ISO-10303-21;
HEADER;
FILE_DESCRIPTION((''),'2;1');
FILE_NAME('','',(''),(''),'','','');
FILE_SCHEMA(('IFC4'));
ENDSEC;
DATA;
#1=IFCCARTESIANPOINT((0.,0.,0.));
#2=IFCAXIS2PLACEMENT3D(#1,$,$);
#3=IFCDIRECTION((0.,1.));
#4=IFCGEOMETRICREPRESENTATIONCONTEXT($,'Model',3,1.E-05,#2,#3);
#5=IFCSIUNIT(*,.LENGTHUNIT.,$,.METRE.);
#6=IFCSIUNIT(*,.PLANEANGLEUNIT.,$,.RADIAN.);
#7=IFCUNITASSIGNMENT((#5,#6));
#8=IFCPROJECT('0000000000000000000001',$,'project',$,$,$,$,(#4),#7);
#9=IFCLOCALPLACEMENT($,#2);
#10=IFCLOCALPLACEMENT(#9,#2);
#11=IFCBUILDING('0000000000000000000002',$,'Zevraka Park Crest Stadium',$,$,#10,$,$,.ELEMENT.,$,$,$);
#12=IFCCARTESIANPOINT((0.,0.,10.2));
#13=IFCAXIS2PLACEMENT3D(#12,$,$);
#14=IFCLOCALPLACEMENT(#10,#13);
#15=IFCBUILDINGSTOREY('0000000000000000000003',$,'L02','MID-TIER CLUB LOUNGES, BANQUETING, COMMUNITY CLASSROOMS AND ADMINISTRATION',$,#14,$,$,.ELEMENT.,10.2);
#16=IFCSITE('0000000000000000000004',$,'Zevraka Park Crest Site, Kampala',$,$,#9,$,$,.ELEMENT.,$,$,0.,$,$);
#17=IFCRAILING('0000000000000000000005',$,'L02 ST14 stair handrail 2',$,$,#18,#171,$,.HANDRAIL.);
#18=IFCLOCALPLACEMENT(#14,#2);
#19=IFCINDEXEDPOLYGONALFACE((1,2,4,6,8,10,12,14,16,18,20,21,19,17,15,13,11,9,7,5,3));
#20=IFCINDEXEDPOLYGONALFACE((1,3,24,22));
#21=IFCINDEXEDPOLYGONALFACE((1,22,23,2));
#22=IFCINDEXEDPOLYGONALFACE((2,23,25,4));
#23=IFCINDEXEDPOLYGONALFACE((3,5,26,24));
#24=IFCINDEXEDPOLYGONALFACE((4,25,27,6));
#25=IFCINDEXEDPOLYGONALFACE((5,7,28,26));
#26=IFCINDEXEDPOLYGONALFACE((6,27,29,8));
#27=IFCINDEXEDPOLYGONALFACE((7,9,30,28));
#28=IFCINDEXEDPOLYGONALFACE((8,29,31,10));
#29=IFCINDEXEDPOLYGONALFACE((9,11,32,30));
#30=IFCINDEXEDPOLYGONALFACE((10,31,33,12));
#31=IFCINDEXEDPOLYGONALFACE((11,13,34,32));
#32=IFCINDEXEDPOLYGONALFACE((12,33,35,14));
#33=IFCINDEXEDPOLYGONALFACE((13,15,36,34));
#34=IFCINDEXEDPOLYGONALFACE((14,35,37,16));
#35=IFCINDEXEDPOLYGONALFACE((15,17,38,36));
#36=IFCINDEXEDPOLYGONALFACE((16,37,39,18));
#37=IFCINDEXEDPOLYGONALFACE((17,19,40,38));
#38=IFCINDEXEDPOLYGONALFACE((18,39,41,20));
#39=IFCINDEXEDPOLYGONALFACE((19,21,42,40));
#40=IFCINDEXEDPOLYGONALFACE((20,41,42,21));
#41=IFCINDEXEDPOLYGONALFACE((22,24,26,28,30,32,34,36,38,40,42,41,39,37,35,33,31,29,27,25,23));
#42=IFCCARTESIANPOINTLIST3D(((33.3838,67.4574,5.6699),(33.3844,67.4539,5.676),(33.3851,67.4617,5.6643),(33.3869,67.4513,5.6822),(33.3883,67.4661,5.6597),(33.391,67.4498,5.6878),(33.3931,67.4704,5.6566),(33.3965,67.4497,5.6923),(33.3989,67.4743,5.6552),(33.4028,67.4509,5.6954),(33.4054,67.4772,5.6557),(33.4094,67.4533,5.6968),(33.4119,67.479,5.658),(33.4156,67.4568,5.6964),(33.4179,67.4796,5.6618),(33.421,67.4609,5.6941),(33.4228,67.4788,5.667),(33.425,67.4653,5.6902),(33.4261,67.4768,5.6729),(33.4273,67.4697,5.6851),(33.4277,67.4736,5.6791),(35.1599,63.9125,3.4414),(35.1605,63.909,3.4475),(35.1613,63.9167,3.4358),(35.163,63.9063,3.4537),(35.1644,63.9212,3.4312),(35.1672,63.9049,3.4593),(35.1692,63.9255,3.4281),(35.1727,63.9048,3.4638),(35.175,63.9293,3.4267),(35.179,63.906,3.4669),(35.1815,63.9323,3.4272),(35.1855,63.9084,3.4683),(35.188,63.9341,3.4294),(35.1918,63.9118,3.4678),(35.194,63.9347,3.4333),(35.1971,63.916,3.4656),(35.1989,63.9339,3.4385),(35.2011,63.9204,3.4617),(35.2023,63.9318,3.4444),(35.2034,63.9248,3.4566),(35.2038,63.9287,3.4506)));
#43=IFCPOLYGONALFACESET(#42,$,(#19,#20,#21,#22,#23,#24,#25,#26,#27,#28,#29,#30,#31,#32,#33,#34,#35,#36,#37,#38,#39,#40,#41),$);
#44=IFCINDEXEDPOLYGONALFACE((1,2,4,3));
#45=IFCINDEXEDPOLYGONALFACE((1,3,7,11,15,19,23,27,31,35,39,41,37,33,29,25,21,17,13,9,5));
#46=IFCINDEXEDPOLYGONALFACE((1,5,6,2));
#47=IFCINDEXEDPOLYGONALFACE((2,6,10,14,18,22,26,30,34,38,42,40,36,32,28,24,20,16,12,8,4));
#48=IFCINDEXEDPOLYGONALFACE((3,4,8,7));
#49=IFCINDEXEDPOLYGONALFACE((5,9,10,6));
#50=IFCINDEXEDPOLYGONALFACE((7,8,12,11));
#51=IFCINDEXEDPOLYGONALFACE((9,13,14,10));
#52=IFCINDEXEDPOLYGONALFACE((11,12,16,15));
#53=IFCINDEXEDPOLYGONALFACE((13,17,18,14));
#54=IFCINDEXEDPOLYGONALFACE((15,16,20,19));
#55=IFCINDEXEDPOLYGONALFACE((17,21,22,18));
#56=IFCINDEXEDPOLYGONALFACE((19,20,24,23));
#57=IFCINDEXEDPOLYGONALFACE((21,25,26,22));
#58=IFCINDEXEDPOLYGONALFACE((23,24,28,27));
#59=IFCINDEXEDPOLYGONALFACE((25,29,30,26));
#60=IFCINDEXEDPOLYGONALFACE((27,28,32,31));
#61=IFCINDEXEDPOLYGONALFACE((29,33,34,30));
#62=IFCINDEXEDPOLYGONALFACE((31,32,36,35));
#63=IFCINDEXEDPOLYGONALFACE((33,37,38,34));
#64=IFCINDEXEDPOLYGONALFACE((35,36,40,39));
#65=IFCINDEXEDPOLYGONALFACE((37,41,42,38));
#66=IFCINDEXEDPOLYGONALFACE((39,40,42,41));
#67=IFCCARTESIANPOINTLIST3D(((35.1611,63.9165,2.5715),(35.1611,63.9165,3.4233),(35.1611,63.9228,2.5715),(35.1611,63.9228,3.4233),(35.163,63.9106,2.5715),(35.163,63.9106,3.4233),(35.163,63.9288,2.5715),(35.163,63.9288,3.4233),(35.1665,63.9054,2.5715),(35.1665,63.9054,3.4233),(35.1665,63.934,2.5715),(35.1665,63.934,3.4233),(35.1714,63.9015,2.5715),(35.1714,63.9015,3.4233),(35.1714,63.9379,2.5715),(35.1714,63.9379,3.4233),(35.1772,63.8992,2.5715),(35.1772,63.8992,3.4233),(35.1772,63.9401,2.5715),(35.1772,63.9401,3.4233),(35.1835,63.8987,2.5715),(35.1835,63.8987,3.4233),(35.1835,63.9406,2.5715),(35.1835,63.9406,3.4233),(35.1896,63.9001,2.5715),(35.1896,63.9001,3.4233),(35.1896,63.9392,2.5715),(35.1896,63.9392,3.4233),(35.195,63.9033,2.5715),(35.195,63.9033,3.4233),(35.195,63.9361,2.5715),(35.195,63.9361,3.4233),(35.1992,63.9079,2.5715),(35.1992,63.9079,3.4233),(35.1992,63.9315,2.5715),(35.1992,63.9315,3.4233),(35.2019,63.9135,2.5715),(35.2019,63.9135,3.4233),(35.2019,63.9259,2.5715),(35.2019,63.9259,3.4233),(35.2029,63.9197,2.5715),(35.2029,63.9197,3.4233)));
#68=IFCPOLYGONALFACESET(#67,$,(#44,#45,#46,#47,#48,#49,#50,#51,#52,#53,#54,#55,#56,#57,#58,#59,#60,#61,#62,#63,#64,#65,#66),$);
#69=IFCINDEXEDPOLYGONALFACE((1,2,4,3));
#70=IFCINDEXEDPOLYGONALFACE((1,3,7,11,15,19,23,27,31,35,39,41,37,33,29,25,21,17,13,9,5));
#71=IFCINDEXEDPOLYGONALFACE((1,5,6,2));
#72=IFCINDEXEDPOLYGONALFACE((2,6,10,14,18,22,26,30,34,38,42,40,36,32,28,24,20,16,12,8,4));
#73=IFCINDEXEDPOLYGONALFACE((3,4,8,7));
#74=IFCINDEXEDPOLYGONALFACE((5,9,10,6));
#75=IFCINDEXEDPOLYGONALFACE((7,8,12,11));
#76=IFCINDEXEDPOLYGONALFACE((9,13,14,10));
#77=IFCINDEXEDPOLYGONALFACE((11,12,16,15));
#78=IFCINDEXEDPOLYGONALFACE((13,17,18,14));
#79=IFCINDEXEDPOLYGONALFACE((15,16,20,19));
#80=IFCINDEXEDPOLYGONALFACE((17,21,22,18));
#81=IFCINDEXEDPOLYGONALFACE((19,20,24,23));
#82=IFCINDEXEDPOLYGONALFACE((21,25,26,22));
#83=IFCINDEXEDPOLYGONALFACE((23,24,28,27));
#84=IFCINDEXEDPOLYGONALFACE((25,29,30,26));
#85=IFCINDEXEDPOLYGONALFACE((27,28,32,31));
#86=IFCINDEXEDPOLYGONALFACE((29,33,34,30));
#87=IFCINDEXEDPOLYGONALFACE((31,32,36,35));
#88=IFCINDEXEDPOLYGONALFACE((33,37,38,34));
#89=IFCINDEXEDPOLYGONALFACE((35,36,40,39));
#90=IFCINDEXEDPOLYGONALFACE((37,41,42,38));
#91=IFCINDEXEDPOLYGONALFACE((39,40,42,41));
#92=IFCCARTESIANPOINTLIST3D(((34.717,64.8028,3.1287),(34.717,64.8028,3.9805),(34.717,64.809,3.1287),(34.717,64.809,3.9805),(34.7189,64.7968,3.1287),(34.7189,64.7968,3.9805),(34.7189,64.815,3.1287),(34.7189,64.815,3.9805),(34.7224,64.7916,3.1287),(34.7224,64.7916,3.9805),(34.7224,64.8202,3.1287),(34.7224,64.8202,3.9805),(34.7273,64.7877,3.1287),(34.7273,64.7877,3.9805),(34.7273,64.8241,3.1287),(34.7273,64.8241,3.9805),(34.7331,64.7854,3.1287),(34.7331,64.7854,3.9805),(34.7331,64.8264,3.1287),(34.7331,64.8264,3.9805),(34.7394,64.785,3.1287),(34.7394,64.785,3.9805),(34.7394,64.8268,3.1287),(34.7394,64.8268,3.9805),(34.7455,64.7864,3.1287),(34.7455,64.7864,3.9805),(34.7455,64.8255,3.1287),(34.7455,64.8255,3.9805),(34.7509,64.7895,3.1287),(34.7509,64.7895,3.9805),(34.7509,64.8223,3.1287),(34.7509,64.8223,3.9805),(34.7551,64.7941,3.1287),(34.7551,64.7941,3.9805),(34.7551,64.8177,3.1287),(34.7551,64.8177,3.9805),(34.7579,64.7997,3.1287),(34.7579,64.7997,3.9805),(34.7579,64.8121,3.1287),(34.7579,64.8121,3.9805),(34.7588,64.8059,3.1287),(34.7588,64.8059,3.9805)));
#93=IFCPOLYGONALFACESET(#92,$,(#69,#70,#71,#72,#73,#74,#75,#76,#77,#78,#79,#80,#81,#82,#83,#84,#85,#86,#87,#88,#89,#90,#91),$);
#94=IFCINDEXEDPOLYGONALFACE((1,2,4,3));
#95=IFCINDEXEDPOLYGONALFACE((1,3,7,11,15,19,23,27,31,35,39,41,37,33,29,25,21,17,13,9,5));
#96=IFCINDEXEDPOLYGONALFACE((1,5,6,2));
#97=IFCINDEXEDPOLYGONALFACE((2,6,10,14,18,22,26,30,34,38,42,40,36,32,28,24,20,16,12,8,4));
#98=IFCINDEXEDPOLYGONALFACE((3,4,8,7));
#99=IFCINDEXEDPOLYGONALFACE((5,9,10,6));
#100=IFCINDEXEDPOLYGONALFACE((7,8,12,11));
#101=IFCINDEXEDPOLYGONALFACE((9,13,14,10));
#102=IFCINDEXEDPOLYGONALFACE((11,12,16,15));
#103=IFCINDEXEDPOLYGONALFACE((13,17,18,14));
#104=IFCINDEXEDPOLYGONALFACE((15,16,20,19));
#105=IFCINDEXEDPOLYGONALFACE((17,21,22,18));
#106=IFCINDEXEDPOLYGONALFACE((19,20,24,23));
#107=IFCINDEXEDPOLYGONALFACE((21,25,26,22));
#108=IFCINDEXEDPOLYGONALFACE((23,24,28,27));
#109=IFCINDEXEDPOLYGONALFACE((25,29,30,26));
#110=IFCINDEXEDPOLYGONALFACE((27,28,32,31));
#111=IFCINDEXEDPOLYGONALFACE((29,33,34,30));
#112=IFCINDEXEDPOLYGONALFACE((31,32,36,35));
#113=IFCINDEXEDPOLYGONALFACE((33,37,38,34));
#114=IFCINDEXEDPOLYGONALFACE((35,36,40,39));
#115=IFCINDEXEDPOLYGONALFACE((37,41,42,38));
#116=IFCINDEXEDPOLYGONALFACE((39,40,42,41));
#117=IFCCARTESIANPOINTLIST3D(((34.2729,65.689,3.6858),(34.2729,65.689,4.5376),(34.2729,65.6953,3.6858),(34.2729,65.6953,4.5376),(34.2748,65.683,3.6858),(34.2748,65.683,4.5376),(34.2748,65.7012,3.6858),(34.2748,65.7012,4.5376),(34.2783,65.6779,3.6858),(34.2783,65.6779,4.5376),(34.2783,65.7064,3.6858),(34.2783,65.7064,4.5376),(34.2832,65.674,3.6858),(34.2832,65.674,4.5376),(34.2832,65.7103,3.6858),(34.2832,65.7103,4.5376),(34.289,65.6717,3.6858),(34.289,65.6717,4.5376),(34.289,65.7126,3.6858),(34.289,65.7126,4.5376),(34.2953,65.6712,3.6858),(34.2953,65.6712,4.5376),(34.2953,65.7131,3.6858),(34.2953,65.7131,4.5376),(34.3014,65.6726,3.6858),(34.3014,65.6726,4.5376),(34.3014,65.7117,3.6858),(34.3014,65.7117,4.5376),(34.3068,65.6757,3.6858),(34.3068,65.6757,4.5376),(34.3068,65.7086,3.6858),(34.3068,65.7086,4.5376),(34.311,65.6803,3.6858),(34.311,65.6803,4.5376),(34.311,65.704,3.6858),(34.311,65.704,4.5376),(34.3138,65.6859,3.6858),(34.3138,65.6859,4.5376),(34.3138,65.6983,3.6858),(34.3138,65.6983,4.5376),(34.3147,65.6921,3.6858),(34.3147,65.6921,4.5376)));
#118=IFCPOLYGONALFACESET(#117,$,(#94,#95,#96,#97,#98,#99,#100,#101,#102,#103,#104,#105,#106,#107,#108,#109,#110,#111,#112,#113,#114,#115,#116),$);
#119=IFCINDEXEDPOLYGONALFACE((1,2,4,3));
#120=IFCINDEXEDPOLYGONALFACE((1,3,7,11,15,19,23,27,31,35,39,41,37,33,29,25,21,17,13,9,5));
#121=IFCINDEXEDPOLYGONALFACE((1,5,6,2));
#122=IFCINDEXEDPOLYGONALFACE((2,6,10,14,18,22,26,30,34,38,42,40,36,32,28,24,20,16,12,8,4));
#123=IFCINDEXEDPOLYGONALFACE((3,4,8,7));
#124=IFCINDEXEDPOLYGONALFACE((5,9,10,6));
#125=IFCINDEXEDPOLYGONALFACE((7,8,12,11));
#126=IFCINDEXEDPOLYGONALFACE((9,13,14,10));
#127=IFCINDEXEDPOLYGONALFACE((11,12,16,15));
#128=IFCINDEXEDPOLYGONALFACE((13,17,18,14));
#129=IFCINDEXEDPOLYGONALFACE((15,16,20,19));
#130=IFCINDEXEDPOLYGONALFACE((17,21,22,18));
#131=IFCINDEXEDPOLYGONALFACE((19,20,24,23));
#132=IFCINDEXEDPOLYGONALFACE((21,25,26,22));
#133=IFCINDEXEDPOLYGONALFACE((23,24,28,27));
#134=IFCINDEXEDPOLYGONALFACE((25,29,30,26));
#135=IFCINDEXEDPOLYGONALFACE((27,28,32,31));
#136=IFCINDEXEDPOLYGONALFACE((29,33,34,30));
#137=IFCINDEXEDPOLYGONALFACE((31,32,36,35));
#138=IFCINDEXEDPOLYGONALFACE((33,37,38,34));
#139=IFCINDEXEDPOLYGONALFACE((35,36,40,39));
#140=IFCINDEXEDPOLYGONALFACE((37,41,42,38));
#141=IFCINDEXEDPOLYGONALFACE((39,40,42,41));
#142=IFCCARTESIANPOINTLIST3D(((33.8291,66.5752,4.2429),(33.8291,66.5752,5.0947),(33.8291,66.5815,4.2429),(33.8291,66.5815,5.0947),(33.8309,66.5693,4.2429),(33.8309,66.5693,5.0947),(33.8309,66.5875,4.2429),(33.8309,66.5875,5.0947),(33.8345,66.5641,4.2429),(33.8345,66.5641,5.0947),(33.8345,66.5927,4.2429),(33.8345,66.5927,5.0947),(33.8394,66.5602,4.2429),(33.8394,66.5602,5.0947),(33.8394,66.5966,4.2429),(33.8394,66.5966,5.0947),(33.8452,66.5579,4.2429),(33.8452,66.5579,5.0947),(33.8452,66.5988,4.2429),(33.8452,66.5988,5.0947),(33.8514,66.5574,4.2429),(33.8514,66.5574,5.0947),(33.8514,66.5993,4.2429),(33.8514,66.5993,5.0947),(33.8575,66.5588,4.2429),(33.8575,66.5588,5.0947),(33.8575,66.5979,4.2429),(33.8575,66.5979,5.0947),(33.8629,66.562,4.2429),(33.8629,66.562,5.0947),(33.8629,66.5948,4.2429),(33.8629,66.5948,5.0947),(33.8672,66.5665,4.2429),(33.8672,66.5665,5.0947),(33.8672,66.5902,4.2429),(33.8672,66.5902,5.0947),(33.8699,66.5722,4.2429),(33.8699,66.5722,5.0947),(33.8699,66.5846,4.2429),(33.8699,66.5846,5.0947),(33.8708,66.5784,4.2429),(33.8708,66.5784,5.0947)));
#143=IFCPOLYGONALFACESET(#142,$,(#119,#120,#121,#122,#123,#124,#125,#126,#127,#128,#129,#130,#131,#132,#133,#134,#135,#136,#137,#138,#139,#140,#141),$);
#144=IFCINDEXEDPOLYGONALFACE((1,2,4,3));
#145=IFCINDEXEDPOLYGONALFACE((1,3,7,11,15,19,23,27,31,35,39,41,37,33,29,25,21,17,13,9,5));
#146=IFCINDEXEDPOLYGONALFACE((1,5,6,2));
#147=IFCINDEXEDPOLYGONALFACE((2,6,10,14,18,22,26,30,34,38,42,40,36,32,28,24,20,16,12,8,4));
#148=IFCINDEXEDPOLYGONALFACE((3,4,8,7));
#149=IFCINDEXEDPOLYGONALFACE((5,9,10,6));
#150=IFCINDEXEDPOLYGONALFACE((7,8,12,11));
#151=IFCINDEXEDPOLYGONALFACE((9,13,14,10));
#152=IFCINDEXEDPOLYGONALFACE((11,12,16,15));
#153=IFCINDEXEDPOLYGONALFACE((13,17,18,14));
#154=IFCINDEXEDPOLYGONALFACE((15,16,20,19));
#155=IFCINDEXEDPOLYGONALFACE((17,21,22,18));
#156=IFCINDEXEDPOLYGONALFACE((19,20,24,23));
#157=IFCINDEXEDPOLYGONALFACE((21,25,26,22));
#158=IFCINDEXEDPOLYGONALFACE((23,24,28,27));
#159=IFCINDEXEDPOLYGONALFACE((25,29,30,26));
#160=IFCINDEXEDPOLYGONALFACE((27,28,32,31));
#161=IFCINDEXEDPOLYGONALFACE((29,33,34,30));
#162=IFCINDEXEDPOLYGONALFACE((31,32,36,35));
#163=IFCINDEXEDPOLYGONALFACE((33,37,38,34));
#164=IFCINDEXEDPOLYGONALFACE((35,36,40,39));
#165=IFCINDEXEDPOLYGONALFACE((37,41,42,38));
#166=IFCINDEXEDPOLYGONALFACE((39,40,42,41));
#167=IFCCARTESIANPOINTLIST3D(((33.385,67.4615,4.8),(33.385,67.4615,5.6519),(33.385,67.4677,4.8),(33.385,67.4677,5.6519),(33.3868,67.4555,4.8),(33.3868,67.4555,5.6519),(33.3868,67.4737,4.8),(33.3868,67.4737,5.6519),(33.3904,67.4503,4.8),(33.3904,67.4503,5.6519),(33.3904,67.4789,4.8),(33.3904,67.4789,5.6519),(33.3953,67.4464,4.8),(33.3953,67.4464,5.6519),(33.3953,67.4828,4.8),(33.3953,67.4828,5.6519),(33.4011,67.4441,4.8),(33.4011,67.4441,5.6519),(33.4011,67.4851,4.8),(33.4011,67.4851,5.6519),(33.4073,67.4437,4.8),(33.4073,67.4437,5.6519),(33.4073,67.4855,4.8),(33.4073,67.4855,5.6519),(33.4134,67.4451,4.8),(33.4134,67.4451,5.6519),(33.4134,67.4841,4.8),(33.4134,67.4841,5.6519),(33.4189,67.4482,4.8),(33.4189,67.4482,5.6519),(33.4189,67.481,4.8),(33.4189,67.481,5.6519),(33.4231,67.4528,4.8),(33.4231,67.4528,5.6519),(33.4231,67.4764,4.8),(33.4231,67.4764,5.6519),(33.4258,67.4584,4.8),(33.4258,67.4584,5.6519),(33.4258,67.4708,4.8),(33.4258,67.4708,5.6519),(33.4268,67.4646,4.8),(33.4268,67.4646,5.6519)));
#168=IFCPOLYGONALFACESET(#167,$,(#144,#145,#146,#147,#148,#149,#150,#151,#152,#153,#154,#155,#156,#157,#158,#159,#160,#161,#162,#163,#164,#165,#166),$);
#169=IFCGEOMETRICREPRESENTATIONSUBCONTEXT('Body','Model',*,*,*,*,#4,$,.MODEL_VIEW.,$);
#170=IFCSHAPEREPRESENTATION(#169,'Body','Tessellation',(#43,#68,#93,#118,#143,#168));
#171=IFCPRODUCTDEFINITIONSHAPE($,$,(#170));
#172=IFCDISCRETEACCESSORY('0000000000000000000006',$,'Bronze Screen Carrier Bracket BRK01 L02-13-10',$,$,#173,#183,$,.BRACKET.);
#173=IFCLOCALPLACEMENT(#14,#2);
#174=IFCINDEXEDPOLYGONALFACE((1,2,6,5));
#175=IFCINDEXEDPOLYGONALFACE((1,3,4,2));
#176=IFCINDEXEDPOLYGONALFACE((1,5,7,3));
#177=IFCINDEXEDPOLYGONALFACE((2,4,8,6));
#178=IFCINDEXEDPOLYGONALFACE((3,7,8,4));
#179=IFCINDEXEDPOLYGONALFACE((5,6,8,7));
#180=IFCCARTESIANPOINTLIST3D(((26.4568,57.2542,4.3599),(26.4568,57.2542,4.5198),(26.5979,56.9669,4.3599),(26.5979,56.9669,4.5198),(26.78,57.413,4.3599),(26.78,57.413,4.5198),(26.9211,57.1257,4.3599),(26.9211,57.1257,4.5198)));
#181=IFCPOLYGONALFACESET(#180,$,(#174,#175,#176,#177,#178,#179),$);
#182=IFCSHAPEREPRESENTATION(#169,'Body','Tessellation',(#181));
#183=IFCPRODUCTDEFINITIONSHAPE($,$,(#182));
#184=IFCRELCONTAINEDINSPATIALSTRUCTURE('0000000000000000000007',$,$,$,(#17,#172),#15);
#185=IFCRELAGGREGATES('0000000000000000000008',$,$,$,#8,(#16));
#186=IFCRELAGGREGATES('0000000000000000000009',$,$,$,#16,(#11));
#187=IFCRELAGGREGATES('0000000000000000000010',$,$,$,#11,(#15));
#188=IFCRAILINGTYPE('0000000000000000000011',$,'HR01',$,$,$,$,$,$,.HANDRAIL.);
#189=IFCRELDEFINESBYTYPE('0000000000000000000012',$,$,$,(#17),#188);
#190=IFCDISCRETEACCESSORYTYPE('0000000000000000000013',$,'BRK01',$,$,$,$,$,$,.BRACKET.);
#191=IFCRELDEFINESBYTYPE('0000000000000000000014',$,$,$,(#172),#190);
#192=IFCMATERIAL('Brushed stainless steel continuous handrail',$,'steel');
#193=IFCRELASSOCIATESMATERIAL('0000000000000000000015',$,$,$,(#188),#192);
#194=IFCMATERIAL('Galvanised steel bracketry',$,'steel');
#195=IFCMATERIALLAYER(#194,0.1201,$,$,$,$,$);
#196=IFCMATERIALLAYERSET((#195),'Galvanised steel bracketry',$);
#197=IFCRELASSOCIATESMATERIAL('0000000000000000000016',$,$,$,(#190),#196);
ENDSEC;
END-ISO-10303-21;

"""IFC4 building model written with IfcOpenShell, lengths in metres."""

from ifc_helpers import new_model, si_unit, direction, frame, origin, origin_2d, place, context, subcontext, project, spatial, rectangle, circle, extrude, material, layer, layer_set, type_object, element, save


model = new_model("IFC4")

# Units and contexts
model_context = context("Model", 3, precision=1e-05, world=origin(), true_north=direction((0.0, 1.0)))
body_context = subcontext(model_context, "Body", "Model", "MODEL_VIEW")
ifc_project = project(units=[si_unit("LENGTHUNIT", "METRE"), si_unit("PLANEANGLEUNIT", "RADIAN")], contexts=[model_context])

# Site, building, storey
site_placement = place(None, origin())
site = spatial("IfcSite", under=ifc_project, at=site_placement, Name="Zevraka Park Crest Site, Kampala", CompositionType="ELEMENT", RefElevation=0.0)
building_placement = place(site_placement, origin())
building = spatial("IfcBuilding", under=site, at=building_placement, Name="Zevraka Park Crest Stadium", CompositionType="ELEMENT")
storey_placement = place(building_placement, frame((0.0, 0.0, 10.2)))
storey = spatial("IfcBuildingStorey", under=building, at=storey_placement, Name="L02", Description="MID-TIER CLUB LOUNGES, BANQUETING, COMMUNITY CLASSROOMS AND ADMINISTRATION", CompositionType="ELEMENT", Elevation=10.2)

# Railing
ifc_material_1 = material(Name="Brushed stainless steel continuous handrail", Category="steel")
railing_type_1 = type_object("IfcRailingType", Name="HR01", PredefinedType="HANDRAIL", material=ifc_material_1)
railing_1_placement = place(storey_placement, frame((35.1819, 63.9197, 2.5715)))
element("IfcRailing", 1, at=railing_1_placement, inside=storey, type_object=railing_type_1, Name="L02 ST14 stair handrail 2", PredefinedType="HANDRAIL", context=body_context, shape_type="SweptSolid", body=[
    extrude(circle(Radius=0.0239, at=origin_2d()), frame((0.0, 0.0, 0.876), z_axis=(-0.390499, 0.779389, 0.489963), x_axis=(-0.894057, -0.447952, 0.0)), (0.0, 0.0, 1.0), 4.5483),
    extrude(circle(Radius=0.021, at=origin_2d()), origin(), (0.0, 0.0, 1.0), 0.8518),
    extrude(circle(Radius=0.021, at=origin_2d()), frame((-0.4441, 0.8862, 0.5571)), (0.0, 0.0, 1.0), 0.8518),
    extrude(circle(Radius=0.021, at=origin_2d()), frame((-0.8882, 1.7725, 1.1143)), (0.0, 0.0, 1.0), 0.8518),
    extrude(circle(Radius=0.021, at=origin_2d()), frame((-1.332, 2.6587, 1.6714)), (0.0, 0.0, 1.0), 0.8518),
    extrude(circle(Radius=0.021, at=origin_2d()), frame((-1.7761, 3.5449, 2.2285)), (0.0, 0.0, 1.0), 0.8518),
])

# Discrete accessory
ifc_material_2 = material(Name="Galvanised steel bracketry", Category="steel")
ifc_layer_1 = layer(ifc_material_2, 0.1201)
ifc_layer_set_1 = layer_set([ifc_layer_1], Name="Galvanised steel bracketry")
discrete_accessory_type = type_object("IfcDiscreteAccessoryType", Name="BRK01", PredefinedType="BRACKET", material=ifc_layer_set_1)
discrete_accessory_placement = place(storey_placement, frame((26.689, 57.1899, 4.3599), z_axis=(0.0, 0.0, 1.0), x_axis=(0.441036, -0.897489, 0.0)))
element("IfcDiscreteAccessory", 2, at=discrete_accessory_placement, inside=storey, type_object=discrete_accessory_type, Name="Bronze Screen Carrier Bracket BRK01 L02-13-10", PredefinedType="BRACKET", context=body_context, shape_type="SweptSolid", body=[
    extrude(rectangle(XDim=0.3201, YDim=0.3601, at=origin_2d()), origin(), (0.0, 0.0, 1.0), 0.1599),
])

save(model, "model.ifc")
